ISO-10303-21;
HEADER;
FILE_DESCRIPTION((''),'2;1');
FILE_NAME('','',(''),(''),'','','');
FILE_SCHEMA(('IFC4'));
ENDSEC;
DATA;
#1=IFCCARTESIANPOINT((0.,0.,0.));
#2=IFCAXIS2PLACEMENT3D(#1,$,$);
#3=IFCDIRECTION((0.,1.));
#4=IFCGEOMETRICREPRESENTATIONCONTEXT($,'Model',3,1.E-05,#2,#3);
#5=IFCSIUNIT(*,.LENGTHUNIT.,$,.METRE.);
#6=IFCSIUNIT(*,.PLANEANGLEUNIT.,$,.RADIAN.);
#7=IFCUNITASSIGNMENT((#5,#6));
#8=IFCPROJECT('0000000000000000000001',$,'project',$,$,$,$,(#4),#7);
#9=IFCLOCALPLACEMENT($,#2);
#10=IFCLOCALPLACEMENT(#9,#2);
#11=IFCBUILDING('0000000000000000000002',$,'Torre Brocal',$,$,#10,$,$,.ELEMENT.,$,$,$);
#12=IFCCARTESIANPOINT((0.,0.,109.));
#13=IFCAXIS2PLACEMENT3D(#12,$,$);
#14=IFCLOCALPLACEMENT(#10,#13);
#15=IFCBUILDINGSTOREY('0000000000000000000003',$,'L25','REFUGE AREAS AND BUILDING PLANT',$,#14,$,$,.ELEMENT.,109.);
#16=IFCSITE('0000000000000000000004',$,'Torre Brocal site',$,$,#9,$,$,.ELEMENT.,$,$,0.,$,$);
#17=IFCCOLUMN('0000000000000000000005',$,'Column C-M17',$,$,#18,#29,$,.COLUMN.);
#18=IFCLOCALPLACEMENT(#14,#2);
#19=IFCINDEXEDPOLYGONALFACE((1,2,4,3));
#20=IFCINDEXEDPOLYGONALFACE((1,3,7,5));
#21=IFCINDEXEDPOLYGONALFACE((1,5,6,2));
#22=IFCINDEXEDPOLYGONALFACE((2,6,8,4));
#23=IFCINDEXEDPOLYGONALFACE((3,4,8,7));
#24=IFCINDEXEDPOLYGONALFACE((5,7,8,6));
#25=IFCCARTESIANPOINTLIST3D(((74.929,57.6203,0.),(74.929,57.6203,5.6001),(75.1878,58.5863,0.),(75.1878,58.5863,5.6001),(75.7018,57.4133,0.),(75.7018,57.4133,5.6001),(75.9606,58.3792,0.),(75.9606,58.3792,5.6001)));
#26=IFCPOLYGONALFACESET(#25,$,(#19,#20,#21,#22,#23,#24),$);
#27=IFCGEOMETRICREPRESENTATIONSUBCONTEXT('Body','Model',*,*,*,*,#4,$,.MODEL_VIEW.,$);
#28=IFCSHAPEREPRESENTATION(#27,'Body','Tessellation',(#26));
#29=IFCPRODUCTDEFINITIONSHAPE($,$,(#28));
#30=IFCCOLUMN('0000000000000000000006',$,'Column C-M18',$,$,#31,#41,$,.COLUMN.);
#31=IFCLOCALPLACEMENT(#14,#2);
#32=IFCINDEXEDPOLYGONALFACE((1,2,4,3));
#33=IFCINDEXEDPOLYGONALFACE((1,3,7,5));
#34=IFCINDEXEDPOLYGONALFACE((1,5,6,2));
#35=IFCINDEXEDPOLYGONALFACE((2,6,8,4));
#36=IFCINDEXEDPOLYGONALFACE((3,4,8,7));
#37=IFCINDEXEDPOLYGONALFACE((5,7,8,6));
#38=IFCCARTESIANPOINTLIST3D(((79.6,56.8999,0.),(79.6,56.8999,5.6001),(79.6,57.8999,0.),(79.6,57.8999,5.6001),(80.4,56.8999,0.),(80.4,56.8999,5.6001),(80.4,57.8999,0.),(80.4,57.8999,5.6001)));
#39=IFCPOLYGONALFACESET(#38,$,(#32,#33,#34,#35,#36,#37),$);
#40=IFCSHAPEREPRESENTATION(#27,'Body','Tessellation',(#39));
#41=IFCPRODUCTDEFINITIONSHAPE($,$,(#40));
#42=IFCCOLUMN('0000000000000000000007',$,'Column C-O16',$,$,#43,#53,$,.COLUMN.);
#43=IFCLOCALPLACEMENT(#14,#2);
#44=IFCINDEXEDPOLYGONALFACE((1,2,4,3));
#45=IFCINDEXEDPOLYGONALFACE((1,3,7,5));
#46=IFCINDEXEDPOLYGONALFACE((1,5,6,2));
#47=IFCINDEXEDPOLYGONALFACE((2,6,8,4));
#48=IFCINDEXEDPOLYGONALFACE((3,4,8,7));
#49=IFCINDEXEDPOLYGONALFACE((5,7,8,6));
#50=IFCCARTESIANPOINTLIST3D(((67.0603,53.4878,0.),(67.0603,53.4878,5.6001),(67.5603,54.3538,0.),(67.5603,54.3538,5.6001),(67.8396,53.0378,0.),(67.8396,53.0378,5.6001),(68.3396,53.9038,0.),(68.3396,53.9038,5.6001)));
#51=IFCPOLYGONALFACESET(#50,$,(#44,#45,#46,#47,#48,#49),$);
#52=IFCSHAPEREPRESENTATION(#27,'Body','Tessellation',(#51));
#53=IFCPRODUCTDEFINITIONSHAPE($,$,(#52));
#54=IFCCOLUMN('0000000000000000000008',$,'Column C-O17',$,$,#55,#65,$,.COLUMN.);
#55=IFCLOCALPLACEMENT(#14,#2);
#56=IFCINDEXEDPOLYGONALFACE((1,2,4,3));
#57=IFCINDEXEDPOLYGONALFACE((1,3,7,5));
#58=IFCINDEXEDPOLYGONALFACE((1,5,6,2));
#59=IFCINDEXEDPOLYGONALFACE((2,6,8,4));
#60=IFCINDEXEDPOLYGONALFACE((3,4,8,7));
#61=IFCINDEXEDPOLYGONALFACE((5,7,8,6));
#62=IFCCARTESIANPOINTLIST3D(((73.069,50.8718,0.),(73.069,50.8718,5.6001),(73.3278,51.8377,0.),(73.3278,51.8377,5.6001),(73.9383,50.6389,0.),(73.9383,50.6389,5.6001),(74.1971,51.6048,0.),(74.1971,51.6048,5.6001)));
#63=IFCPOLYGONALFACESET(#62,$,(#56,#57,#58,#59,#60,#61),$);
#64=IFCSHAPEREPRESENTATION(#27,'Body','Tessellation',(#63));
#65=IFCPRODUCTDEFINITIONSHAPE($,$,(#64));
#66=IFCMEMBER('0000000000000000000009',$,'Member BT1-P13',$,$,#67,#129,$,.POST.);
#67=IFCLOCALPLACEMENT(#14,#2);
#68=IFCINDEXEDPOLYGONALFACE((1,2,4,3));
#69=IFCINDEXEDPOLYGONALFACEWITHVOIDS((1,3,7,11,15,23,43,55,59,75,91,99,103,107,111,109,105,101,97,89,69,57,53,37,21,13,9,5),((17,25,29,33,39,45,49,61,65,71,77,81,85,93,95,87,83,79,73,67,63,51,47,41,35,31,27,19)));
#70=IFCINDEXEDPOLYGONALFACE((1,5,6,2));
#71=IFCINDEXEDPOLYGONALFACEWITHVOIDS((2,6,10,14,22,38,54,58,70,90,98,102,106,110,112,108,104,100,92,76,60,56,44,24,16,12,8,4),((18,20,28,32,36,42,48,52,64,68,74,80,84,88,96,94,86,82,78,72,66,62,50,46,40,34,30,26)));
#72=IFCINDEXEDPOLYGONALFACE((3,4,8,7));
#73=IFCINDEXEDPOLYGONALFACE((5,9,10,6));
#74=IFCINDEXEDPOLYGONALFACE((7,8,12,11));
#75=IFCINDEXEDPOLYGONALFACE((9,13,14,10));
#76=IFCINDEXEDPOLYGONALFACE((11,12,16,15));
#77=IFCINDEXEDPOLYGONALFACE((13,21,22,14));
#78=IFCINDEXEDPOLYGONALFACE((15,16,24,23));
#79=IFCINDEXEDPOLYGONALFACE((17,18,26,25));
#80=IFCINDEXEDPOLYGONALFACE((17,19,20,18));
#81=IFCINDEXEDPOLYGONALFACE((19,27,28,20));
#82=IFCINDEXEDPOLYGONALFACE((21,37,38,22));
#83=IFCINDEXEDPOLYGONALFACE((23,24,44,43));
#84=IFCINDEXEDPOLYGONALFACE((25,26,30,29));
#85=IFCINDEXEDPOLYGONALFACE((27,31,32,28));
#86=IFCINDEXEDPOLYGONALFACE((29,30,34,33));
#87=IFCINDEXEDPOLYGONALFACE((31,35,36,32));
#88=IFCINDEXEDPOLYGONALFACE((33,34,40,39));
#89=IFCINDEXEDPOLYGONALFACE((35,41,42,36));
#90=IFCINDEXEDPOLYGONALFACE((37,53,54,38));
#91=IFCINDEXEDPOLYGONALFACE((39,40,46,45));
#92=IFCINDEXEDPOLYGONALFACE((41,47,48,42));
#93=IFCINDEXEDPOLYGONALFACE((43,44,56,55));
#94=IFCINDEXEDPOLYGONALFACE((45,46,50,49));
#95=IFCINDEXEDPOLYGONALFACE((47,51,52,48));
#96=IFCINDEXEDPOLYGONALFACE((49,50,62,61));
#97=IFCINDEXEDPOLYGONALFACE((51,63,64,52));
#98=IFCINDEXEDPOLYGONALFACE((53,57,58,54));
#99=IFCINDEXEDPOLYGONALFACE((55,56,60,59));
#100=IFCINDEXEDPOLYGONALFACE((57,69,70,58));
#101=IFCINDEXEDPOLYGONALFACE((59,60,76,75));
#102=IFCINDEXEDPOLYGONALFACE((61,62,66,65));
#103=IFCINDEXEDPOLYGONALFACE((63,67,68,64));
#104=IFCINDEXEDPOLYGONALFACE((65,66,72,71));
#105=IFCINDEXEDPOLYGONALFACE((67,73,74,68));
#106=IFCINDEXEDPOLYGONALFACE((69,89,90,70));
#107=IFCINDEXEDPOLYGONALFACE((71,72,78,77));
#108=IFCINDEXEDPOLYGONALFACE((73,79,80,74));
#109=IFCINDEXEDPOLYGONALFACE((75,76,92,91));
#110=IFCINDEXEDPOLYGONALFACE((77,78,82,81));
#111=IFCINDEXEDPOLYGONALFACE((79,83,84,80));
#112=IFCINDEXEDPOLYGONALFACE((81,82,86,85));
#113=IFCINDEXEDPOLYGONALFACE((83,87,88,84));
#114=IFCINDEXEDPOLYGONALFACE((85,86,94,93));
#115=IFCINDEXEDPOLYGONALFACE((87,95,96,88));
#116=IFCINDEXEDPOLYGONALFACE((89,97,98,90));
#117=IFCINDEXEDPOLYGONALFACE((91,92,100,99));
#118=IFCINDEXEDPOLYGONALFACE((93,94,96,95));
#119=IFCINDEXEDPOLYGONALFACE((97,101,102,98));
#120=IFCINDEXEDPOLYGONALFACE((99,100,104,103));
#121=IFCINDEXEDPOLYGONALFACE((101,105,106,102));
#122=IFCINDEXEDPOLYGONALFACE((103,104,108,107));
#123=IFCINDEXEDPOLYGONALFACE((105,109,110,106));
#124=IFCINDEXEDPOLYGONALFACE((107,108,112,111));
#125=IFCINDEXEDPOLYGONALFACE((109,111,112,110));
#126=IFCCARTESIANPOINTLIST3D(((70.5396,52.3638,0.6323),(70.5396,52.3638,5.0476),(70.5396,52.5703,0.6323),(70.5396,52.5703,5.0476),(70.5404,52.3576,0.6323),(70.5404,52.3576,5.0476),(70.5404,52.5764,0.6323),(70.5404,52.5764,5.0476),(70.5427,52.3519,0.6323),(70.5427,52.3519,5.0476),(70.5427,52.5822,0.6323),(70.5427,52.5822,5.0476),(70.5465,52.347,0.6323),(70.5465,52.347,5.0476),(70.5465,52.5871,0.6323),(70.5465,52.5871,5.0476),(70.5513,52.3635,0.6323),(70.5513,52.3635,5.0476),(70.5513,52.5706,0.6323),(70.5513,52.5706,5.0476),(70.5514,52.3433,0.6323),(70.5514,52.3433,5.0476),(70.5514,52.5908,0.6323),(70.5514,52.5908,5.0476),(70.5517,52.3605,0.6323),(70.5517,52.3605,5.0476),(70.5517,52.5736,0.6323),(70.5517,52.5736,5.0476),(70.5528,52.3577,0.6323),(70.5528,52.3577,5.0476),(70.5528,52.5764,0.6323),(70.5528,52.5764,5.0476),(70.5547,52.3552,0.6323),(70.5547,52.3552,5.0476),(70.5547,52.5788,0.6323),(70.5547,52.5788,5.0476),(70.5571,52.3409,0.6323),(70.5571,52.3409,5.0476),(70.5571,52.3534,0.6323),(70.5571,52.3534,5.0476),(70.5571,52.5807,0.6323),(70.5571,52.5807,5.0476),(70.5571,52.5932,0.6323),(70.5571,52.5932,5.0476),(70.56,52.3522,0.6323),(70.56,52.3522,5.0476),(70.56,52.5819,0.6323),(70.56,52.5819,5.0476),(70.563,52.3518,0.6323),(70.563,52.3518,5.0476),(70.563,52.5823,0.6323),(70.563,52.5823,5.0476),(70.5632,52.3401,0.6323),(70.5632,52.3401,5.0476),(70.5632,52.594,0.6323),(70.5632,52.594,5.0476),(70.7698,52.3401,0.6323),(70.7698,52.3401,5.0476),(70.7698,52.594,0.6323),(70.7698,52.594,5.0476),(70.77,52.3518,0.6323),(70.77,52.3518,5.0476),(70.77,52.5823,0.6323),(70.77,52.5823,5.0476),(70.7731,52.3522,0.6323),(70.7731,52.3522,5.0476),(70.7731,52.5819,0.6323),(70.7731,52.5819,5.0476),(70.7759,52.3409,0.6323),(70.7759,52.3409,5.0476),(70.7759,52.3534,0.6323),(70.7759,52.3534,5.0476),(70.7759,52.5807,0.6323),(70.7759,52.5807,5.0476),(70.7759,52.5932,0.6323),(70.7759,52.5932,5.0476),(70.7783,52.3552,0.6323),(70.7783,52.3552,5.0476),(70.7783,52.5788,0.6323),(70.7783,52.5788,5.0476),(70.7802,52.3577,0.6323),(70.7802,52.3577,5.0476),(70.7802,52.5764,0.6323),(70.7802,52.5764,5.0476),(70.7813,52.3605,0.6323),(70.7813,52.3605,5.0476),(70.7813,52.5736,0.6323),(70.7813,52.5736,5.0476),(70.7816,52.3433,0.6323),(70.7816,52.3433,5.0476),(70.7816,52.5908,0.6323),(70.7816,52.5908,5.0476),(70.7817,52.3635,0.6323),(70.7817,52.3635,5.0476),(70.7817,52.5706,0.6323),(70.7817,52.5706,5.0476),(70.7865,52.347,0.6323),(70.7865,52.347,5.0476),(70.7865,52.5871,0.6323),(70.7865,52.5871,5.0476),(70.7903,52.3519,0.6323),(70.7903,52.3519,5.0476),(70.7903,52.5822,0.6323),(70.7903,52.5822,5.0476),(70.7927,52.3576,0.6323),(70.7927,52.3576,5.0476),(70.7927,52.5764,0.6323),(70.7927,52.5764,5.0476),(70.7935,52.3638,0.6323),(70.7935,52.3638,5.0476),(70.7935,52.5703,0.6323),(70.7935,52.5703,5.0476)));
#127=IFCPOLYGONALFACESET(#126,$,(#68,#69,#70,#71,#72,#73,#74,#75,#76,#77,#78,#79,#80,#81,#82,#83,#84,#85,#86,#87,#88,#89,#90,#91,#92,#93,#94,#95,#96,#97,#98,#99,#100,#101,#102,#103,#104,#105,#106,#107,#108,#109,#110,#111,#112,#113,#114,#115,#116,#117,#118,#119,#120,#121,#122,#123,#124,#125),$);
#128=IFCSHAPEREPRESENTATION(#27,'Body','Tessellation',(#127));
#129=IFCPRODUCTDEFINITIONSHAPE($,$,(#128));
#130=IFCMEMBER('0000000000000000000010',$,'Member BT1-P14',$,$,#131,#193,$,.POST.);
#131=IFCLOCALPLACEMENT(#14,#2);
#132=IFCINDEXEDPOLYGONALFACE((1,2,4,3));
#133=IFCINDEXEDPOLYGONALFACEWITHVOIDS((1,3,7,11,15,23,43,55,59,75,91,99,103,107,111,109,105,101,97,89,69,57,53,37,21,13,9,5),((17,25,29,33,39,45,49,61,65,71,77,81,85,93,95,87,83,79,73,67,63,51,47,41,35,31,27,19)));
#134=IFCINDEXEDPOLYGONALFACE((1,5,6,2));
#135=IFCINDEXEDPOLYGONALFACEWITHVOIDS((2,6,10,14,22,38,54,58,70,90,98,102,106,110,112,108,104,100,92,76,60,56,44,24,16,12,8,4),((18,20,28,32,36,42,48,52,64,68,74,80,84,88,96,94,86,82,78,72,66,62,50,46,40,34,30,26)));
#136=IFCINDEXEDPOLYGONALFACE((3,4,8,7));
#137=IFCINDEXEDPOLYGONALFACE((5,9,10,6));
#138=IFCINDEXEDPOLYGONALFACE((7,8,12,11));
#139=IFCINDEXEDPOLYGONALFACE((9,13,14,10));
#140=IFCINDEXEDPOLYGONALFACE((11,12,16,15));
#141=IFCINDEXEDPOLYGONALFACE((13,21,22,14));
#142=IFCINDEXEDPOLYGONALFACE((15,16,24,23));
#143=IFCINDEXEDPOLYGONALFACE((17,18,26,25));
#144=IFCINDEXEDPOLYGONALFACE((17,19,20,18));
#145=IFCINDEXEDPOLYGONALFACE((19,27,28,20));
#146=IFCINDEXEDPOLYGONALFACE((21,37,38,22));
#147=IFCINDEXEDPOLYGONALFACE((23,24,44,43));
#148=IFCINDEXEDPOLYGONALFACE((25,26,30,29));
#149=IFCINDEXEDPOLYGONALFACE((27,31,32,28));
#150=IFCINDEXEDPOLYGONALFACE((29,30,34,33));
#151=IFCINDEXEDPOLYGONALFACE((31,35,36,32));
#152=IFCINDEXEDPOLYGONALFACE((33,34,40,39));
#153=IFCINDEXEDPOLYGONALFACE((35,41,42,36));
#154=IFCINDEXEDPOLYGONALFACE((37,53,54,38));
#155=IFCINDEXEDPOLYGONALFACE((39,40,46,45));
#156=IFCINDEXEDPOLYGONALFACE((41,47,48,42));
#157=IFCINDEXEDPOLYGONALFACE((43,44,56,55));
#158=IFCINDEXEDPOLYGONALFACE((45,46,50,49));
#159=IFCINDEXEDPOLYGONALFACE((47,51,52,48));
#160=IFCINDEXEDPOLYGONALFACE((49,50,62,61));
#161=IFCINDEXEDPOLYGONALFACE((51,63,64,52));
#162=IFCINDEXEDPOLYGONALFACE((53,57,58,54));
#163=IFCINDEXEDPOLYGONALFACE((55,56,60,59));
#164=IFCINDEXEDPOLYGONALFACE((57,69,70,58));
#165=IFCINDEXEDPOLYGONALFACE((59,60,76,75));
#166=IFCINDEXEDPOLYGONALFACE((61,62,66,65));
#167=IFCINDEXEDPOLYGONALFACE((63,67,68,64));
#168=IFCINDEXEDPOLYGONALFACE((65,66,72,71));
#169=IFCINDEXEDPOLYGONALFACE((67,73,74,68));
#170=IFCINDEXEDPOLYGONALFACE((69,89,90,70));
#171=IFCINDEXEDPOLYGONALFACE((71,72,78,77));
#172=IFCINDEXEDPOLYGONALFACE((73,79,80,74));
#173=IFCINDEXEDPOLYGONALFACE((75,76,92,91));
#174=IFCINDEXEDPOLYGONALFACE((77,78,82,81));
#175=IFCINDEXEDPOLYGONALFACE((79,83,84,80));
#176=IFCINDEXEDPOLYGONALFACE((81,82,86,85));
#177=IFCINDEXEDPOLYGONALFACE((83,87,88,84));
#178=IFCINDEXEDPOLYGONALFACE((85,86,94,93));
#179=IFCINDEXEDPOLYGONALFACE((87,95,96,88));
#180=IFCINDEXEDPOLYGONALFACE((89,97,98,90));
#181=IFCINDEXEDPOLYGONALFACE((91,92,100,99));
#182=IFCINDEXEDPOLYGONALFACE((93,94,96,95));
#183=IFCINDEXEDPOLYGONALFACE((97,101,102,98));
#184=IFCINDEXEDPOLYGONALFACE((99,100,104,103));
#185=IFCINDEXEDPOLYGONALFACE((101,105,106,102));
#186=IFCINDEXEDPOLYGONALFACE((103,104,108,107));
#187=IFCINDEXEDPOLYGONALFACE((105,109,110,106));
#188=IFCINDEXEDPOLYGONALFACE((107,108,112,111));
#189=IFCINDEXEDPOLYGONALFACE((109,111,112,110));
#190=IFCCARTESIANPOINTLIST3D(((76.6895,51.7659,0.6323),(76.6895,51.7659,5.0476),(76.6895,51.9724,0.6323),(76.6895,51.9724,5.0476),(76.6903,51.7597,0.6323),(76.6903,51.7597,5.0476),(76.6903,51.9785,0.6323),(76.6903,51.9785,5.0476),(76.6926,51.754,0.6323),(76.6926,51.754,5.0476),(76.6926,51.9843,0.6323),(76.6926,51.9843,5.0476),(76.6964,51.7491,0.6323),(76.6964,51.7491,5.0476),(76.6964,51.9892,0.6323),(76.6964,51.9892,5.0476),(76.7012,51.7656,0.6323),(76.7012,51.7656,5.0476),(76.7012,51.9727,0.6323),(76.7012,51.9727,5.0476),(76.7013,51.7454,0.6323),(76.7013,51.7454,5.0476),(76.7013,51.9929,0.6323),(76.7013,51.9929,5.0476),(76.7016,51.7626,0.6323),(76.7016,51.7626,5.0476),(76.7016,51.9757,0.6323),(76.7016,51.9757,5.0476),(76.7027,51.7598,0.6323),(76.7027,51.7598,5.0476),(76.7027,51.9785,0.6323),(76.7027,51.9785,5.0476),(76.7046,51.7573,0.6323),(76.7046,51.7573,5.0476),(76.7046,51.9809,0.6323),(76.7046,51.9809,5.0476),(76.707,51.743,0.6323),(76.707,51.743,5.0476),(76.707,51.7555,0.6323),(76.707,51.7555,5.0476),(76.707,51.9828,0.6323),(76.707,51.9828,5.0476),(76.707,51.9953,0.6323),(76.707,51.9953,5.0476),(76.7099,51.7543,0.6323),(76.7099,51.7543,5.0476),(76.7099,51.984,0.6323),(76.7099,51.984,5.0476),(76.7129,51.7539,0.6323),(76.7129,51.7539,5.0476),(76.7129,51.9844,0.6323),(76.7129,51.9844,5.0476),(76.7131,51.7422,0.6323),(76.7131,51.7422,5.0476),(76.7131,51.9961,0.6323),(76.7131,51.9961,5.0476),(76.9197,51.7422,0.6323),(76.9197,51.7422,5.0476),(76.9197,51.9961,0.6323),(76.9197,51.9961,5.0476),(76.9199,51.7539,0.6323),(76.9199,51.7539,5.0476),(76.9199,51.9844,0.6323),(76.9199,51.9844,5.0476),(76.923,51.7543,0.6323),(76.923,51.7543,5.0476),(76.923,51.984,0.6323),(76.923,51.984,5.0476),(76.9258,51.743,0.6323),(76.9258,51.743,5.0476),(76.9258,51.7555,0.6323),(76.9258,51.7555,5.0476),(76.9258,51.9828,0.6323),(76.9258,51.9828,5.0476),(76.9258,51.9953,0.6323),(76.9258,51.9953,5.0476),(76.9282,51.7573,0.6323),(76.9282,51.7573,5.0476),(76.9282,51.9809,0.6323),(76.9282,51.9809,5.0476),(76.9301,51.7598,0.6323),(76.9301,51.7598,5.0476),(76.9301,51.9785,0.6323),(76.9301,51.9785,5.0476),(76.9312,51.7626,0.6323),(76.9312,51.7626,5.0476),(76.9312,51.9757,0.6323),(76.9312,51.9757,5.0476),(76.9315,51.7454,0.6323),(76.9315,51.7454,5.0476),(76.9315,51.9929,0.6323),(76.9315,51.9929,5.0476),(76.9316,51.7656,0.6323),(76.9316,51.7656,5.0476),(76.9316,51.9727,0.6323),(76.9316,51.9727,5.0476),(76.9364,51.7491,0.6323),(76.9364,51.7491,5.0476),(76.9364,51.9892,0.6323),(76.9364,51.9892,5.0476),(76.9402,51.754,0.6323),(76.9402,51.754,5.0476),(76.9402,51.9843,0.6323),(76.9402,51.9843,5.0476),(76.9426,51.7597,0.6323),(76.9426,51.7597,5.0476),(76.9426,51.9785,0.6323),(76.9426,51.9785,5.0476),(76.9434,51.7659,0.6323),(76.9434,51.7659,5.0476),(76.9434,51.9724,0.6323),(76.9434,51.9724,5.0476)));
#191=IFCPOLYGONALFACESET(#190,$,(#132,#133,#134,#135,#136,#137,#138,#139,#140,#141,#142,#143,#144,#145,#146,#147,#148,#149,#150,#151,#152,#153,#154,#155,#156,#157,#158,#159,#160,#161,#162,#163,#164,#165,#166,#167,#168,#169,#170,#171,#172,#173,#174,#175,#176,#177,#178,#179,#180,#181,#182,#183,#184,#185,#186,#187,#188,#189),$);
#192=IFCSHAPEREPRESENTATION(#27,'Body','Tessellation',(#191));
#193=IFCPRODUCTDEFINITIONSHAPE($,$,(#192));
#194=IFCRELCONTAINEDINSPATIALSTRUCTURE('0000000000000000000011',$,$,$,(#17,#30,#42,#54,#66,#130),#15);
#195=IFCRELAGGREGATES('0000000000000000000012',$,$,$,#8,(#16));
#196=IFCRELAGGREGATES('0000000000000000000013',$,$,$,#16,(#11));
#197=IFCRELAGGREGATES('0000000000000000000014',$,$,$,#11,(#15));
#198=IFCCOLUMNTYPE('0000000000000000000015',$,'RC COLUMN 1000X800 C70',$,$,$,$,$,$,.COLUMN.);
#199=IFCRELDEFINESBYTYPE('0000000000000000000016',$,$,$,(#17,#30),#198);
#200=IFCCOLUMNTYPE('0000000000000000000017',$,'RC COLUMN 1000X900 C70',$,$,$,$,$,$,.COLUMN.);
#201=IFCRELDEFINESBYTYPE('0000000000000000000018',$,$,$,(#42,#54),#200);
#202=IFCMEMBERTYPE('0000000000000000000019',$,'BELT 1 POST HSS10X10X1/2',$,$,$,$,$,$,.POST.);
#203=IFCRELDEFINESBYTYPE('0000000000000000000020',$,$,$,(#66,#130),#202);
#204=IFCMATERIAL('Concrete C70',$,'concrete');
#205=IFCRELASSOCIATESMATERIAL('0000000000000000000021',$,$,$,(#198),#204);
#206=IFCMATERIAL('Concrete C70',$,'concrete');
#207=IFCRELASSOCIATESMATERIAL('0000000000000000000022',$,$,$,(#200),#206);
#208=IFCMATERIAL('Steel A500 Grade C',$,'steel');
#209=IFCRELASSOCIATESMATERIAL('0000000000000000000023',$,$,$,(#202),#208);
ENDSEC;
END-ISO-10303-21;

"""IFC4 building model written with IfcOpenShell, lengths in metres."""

from ifc_helpers import new_model, si_unit, direction, frame, origin, origin_2d, place, context, subcontext, project, spatial, rectangle, hollow_rectangle, extrude, material, material_profile, profile_set, type_object, element, save


model = new_model("IFC4")

# Units and contexts
model_context = context("Model", 3, precision=1e-05, world=origin(), true_north=direction((0.0, 1.0)))
body_context = subcontext(model_context, "Body", "Model", "MODEL_VIEW")
ifc_project = project(units=[si_unit("LENGTHUNIT", "METRE"), si_unit("PLANEANGLEUNIT", "RADIAN")], contexts=[model_context])

# Site, building, storey
site_placement = place(None, origin())
site = spatial("IfcSite", under=ifc_project, at=site_placement, Name="Torre Brocal site", CompositionType="ELEMENT", RefElevation=0.0)
building_placement = place(site_placement, origin())
building = spatial("IfcBuilding", under=site, at=building_placement, Name="Torre Brocal", CompositionType="ELEMENT")
storey_placement = place(building_placement, frame((0.0, 0.0, 109.0)))
storey = spatial("IfcBuildingStorey", under=building, at=storey_placement, Name="L25", Description="REFUGE AREAS AND BUILDING PLANT", CompositionType="ELEMENT", Elevation=109.0)

# Columns
ifc_material_1 = material(Name="Concrete C70", Category="concrete")
ifc_material_profile_1 = material_profile(ifc_material_1, rectangle(XDim=1.0, YDim=0.8, at=origin_2d()), Name="RC 1000X800")
ifc_profile_set_1 = profile_set([ifc_material_profile_1], Name="Concrete C70")
column_type_1 = type_object("IfcColumnType", Name="RC COLUMN 1000X800 C70", PredefinedType="COLUMN", material=ifc_profile_set_1)
for number, where, z_axis, x_axis, name in (
    (1, (75.4448, 57.9998, 0.0), (0.0, 0.0, 1.0), (-0.258819, -0.965926, 0.0), "Column C-M17"),
    (2, (80.0, 57.3999, 0.0), (0.0, 0.0, 1.0), (0.0, -1.0, 0.0), "Column C-M18"),
):
    element("IfcColumn", number, at=place(storey_placement, frame(where, z_axis=z_axis, x_axis=x_axis)), inside=storey, type_object=column_type_1, Name=name, PredefinedType="COLUMN", context=body_context, shape_type="SweptSolid", body=[
        extrude(rectangle(XDim=1.0, YDim=0.8, at=origin_2d()), origin(), (0.0, 0.0, 1.0), 5.6001),
    ])
ifc_material_2 = material(Name="Concrete C70", Category="concrete")
ifc_material_profile_2 = material_profile(ifc_material_2, rectangle(XDim=1.0, YDim=0.8999, at=origin_2d()), Name="RC 1000X900")
ifc_profile_set_2 = profile_set([ifc_material_profile_2], Name="Concrete C70")
column_type_2 = type_object("IfcColumnType", Name="RC COLUMN 1000X900 C70", PredefinedType="COLUMN", material=ifc_profile_set_2)
for number, where, z_axis, x_axis, name in (
    (3, (67.7, 53.6958, 0.0), (0.0, 0.0, 1.0), (-0.5, -0.866025, 0.0), "Column C-O16"),
    (4, (73.6331, 51.2383, 0.0), (0.0, 0.0, 1.0), (-0.258819, -0.965926, 0.0), "Column C-O17"),
):
    element("IfcColumn", number, at=place(storey_placement, frame(where, z_axis=z_axis, x_axis=x_axis)), inside=storey, type_object=column_type_2, Name=name, PredefinedType="COLUMN", context=body_context, shape_type="SweptSolid", body=[
        extrude(rectangle(XDim=1.0, YDim=0.8999, at=origin_2d()), origin(), (0.0, 0.0, 1.0), 5.6001),
    ])

# Members
ifc_material_3 = material(Name="Steel A500 Grade C", Category="steel")
ifc_material_profile_3 = material_profile(ifc_material_3, hollow_rectangle(XDim=0.2539, YDim=0.2539, WallThickness=0.0117, InnerFilletRadius=0.0117, OuterFilletRadius=0.0237, at=origin_2d()), Name="HSS10X10X1/2")
ifc_profile_set_3 = profile_set([ifc_material_profile_3], Name="Steel A500 Grade C")
member_type_1 = type_object("IfcMemberType", Name="BELT 1 POST HSS10X10X1/2", PredefinedType="POST", material=ifc_profile_set_3)
for number, where, z_axis, x_axis, name in (
    (5, (70.6665, 52.467, 0.6323), (0.0, 0.0, 1.0), (1.0, 0.0, 0.0), "Member BT1-P13"),
    (6, (76.8164, 51.8691, 0.6323), (0.0, 0.0, 1.0), (1.0, 0.0, 0.0), "Member BT1-P14"),
):
    element("IfcMember", number, at=place(storey_placement, frame(where, z_axis=z_axis, x_axis=x_axis)), inside=storey, type_object=member_type_1, Name=name, PredefinedType="POST", context=body_context, shape_type="SweptSolid", body=[
        extrude(hollow_rectangle(XDim=0.2539, YDim=0.2539, WallThickness=0.0117, InnerFilletRadius=0.0117, OuterFilletRadius=0.0237, at=origin_2d()), origin(), (0.0, 0.0, 1.0), 4.4153),
    ])

save(model, "model.ifc")
